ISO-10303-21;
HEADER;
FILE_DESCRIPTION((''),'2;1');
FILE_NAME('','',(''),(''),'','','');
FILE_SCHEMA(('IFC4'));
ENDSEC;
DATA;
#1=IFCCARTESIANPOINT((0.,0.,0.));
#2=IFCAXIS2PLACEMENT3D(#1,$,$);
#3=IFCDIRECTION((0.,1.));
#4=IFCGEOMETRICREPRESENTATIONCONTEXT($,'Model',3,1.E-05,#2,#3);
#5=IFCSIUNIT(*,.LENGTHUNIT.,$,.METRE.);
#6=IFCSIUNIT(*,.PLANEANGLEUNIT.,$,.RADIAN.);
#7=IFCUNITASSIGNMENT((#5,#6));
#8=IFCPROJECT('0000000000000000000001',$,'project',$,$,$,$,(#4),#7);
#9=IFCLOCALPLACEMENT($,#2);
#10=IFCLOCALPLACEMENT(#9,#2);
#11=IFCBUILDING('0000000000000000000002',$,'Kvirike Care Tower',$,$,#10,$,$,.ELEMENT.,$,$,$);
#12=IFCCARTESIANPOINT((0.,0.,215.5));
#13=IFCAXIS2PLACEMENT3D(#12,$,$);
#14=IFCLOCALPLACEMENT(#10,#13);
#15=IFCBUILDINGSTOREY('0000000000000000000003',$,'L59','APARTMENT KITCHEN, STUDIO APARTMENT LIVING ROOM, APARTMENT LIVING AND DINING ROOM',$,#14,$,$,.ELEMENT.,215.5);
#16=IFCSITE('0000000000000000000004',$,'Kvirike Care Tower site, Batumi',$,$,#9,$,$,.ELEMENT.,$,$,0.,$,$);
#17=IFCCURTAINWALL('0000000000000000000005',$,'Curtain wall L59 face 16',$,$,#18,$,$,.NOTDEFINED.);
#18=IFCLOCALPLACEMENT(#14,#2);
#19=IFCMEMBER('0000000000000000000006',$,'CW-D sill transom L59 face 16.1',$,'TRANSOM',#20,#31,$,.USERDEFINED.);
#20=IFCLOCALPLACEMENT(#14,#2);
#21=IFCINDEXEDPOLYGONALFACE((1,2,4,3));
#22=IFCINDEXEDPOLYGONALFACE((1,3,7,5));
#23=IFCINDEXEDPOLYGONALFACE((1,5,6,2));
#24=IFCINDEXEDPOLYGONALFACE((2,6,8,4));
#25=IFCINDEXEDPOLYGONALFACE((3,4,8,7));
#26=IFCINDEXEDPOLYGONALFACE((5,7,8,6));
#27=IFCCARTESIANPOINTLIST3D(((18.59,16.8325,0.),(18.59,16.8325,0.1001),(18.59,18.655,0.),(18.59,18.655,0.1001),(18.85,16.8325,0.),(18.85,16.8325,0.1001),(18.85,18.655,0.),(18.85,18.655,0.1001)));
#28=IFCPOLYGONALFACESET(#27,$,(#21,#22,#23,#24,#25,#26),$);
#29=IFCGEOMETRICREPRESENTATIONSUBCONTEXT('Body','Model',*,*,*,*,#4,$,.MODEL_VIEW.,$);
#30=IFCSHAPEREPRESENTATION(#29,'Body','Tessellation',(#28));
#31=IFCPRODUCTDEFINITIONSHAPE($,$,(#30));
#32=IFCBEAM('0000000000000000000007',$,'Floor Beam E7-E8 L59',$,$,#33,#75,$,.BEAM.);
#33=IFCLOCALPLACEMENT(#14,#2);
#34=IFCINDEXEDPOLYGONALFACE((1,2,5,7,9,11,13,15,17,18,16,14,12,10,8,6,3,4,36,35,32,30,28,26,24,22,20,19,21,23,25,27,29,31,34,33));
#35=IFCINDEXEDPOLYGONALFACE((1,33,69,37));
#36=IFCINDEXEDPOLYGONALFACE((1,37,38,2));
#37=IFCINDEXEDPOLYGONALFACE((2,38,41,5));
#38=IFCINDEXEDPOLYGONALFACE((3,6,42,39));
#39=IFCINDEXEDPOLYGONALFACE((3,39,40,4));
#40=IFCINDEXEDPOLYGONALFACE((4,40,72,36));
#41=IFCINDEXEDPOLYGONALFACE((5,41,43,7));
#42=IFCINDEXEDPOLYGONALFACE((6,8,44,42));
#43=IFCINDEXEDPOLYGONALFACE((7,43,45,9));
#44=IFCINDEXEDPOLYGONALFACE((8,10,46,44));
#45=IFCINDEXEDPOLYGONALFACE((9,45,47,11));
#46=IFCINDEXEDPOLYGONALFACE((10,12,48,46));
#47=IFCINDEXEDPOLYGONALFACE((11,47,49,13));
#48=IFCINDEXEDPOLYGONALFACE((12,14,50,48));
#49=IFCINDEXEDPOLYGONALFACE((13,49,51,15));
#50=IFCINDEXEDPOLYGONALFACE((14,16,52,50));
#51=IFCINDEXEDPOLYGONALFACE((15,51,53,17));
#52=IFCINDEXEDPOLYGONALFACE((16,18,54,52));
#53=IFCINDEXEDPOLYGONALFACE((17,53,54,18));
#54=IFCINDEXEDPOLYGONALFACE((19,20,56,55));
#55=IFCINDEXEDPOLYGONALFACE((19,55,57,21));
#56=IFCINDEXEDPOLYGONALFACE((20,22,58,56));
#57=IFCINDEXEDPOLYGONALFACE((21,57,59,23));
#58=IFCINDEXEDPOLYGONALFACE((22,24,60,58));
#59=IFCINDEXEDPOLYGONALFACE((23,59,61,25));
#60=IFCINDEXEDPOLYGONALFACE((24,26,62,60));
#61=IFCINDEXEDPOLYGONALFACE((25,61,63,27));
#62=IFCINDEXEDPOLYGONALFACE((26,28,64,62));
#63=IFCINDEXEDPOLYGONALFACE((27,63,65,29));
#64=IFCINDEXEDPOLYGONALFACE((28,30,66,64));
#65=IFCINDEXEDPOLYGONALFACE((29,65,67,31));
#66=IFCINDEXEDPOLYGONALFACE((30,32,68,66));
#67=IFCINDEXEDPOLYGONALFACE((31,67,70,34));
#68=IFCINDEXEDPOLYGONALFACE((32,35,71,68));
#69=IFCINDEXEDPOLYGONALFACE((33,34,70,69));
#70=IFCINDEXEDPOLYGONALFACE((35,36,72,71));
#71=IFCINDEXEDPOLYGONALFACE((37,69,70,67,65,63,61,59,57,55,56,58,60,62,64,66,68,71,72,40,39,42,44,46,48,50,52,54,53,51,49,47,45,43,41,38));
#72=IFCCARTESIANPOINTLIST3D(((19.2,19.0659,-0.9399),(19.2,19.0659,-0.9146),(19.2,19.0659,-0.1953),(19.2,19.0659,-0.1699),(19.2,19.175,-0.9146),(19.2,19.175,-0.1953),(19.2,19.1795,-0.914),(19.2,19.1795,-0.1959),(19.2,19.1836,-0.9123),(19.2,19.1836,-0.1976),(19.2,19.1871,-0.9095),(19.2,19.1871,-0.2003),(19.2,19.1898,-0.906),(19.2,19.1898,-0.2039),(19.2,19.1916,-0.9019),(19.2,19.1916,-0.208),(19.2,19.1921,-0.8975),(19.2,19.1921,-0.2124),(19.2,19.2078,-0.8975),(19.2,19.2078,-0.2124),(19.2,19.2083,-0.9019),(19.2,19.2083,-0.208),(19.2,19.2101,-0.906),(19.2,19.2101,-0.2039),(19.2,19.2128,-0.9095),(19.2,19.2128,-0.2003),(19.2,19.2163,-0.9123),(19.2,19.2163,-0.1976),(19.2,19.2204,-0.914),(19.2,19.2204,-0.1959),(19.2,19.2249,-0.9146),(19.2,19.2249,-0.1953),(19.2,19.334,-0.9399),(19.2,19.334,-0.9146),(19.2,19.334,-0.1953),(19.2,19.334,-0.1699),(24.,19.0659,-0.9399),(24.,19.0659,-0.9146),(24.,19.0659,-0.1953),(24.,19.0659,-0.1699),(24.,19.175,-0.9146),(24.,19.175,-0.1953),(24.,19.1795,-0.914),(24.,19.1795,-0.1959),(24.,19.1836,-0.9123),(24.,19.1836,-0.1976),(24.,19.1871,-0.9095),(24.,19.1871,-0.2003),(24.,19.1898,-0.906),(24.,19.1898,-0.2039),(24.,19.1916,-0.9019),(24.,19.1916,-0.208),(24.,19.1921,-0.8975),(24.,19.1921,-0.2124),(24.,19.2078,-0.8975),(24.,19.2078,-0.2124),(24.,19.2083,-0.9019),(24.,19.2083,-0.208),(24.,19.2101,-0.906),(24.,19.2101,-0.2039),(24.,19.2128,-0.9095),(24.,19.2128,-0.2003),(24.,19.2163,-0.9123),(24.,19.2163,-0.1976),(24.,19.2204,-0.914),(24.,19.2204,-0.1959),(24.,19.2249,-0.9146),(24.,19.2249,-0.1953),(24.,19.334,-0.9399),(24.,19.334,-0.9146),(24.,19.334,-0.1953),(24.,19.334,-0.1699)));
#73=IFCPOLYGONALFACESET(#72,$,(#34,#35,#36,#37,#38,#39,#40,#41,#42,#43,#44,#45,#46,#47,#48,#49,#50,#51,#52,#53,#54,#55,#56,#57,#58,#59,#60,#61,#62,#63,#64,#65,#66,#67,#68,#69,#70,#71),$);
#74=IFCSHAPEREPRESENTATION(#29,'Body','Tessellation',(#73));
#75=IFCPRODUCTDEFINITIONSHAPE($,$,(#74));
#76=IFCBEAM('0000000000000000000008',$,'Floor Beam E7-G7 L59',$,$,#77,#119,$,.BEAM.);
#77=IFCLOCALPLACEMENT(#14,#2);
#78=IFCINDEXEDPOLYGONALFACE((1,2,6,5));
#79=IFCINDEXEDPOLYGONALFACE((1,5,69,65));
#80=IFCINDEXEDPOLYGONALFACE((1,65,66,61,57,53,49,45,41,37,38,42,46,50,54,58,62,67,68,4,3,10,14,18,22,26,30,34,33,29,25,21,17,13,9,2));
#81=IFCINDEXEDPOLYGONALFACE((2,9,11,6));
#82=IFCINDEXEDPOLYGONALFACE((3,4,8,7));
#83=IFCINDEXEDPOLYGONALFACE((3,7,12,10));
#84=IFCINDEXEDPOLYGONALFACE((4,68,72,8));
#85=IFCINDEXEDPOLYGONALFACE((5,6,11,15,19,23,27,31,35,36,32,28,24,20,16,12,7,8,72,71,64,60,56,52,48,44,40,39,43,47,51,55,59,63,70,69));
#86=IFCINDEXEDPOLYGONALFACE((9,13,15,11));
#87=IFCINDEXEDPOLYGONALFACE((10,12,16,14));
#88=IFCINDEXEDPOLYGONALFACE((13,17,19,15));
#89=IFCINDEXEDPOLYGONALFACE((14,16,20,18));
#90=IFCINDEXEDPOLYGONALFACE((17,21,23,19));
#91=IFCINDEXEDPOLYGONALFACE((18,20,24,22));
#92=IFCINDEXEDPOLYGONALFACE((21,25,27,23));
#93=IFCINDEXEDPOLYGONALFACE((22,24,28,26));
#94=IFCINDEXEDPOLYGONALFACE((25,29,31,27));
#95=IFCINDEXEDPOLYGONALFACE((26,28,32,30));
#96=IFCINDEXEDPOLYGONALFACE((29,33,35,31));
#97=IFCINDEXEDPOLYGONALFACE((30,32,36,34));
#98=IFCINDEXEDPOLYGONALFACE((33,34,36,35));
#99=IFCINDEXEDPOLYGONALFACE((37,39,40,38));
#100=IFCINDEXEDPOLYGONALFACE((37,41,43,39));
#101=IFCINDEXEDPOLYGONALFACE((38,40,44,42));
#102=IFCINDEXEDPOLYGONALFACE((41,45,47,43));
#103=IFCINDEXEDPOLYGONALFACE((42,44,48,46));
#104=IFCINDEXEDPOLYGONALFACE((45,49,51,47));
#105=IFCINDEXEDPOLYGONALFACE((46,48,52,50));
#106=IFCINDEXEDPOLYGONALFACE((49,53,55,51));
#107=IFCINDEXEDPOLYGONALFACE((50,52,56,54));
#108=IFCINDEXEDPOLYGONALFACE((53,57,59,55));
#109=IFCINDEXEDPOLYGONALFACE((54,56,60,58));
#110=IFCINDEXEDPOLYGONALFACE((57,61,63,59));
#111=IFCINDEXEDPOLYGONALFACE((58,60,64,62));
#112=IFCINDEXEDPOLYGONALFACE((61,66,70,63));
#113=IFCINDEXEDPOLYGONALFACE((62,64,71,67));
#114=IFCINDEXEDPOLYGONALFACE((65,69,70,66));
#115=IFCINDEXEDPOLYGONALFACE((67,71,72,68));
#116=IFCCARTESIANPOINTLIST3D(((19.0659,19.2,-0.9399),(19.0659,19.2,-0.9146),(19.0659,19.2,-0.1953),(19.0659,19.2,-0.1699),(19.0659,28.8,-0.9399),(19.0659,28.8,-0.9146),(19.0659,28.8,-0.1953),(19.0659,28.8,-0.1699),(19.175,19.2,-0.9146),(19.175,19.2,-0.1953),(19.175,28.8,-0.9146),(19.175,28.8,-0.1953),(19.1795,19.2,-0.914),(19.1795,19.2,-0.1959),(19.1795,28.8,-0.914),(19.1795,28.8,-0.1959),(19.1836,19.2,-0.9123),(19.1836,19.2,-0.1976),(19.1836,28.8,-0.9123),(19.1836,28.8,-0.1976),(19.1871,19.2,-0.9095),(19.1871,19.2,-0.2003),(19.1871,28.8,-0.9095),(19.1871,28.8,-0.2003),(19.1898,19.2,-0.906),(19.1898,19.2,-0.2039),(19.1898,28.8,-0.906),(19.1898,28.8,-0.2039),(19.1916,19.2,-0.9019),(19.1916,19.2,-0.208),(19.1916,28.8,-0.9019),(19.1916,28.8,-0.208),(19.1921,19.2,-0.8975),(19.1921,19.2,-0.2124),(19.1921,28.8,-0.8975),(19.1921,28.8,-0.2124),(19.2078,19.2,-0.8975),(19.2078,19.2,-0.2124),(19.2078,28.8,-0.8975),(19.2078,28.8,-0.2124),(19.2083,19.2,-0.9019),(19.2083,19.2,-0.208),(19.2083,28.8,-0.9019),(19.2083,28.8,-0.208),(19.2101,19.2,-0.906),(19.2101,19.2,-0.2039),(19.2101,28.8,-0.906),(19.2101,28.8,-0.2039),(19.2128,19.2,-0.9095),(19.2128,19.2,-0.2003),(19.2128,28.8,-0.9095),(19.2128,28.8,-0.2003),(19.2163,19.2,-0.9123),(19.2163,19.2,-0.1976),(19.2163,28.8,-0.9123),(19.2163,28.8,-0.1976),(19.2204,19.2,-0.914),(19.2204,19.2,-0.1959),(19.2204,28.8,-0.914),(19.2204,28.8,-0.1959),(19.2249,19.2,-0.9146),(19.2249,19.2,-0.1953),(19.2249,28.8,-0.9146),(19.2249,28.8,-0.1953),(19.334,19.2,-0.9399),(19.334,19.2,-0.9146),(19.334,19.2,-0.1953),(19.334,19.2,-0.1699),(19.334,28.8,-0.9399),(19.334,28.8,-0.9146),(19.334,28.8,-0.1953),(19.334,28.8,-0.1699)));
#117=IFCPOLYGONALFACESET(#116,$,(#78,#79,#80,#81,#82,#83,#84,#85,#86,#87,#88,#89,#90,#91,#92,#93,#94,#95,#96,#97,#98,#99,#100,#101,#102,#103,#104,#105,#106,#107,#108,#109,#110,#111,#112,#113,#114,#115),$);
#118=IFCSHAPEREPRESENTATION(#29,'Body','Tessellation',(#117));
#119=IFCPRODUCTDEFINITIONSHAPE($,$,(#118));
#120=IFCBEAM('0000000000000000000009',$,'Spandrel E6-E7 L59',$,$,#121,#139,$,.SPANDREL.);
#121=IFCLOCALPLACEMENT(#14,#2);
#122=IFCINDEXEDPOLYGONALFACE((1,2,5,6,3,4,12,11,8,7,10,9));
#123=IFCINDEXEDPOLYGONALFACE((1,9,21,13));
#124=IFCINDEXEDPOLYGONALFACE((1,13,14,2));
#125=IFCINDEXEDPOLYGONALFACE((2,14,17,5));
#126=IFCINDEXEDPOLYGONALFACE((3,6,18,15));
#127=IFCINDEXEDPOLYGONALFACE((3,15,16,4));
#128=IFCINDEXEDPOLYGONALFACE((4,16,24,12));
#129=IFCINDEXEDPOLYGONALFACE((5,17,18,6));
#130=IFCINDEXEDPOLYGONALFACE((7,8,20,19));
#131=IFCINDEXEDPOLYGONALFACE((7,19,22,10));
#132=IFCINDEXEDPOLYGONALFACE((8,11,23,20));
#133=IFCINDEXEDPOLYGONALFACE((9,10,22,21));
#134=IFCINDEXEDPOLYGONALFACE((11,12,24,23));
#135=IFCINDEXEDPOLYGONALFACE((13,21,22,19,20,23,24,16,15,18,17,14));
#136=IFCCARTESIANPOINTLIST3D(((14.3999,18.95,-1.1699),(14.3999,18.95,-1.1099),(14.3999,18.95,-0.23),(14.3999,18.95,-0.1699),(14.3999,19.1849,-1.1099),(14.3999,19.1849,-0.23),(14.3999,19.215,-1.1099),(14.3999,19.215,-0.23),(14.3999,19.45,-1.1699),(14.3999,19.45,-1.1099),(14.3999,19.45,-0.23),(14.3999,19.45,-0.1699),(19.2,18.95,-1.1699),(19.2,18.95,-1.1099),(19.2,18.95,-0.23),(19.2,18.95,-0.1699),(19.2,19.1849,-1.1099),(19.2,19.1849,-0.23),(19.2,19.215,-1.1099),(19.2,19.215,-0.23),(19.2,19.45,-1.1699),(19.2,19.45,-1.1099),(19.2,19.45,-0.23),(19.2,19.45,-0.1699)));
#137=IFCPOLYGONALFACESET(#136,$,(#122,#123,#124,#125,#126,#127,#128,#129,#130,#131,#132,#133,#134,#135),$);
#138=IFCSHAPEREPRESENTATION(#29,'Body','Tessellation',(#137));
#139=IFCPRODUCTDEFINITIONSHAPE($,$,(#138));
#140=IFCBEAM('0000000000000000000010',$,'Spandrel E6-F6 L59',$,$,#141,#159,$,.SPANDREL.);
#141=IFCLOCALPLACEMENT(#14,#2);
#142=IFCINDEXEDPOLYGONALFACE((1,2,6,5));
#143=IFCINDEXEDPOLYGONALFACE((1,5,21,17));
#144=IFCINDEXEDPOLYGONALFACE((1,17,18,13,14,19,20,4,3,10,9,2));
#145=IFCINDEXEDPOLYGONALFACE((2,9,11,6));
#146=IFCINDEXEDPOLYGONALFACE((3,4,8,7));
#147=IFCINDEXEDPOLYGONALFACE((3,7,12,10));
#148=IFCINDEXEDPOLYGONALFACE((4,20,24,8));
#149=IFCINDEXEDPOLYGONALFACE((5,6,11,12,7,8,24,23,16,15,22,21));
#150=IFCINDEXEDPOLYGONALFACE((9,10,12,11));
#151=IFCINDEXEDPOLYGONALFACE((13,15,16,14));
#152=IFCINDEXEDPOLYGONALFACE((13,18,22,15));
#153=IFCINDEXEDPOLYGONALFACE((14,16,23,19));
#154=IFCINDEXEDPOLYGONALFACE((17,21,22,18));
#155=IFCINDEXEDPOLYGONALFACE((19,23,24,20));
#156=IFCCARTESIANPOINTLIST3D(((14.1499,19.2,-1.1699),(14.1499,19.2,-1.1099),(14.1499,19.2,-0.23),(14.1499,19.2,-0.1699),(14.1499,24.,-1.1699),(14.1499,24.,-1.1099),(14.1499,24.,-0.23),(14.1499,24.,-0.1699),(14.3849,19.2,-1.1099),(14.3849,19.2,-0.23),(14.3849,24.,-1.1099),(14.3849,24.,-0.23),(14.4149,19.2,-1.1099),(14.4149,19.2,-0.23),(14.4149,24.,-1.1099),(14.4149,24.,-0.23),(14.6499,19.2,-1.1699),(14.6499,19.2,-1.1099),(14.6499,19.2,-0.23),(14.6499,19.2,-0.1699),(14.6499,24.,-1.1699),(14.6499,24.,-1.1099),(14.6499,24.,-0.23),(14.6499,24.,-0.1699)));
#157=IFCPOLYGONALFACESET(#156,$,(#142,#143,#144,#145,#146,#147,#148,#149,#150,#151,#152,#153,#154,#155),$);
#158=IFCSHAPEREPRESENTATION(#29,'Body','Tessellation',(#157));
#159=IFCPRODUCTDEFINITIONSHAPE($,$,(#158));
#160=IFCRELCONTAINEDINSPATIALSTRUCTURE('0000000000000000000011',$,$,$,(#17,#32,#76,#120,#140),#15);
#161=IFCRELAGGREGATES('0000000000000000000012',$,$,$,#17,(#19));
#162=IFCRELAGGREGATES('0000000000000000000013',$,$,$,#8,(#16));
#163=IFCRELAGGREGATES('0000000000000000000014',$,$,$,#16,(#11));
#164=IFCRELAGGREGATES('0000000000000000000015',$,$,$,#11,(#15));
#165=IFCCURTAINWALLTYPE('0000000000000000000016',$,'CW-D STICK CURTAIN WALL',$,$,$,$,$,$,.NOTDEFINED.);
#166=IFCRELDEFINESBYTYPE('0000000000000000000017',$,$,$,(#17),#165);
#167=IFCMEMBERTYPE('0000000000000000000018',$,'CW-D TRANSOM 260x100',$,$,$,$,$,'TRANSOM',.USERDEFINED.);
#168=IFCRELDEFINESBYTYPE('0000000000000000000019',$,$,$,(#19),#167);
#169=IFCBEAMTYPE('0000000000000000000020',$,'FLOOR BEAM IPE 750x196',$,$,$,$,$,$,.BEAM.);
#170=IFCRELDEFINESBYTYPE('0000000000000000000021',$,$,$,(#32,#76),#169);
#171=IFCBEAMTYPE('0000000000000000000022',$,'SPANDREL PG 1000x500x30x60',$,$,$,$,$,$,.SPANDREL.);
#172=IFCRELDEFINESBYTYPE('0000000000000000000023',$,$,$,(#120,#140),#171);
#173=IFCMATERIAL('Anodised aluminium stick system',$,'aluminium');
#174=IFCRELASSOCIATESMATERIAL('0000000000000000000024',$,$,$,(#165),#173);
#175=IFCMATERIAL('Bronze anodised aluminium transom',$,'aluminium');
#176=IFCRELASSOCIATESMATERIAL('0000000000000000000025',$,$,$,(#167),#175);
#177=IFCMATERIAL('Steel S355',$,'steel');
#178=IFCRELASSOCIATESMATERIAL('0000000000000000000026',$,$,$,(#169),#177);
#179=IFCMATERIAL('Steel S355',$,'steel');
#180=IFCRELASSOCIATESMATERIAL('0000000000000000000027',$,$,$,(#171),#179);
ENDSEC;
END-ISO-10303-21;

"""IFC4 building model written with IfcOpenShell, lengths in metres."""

from ifc_helpers import new_model, si_unit, direction, frame, origin, origin_2d, place, context, subcontext, project, spatial, rectangle, i_section, extrude, material, material_profile, profile_set, type_object, element, aggregate, save


model = new_model("IFC4")

# Units and contexts
model_context = context("Model", 3, precision=1e-05, world=origin(), true_north=direction((0.0, 1.0)))
body_context = subcontext(model_context, "Body", "Model", "MODEL_VIEW")
ifc_project = project(units=[si_unit("LENGTHUNIT", "METRE"), si_unit("PLANEANGLEUNIT", "RADIAN")], contexts=[model_context])

# Site, building, storey
site_placement = place(None, origin())
site = spatial("IfcSite", under=ifc_project, at=site_placement, Name="Kvirike Care Tower site, Batumi", CompositionType="ELEMENT", RefElevation=0.0)
building_placement = place(site_placement, origin())
building = spatial("IfcBuilding", under=site, at=building_placement, Name="Kvirike Care Tower", CompositionType="ELEMENT")
storey_placement = place(building_placement, frame((0.0, 0.0, 215.5)))
storey = spatial("IfcBuildingStorey", under=building, at=storey_placement, Name="L59", Description="APARTMENT KITCHEN, STUDIO APARTMENT LIVING ROOM, APARTMENT LIVING AND DINING ROOM", CompositionType="ELEMENT", Elevation=215.5)

# Shared definitions
ifc_material_1 = material(Name="Anodised aluminium stick system", Category="aluminium")
curtain_wall_type = type_object("IfcCurtainWallType", Name="CW-D STICK CURTAIN WALL", PredefinedType="NOTDEFINED", material=ifc_material_1)

# Curtain wall
curtain_wall_1_placement = place(storey_placement, origin())
curtain_wall_1 = element("IfcCurtainWall", 1, at=curtain_wall_1_placement, inside=storey, type_object=curtain_wall_type, Name="Curtain wall L59 face 16", PredefinedType="NOTDEFINED")

# Member
ifc_material_2 = material(Name="Bronze anodised aluminium transom", Category="aluminium")
ifc_material_profile_1 = material_profile(ifc_material_2, rectangle(XDim=0.26, YDim=0.1001, at=origin_2d()), Name="CW-D TRANSOM 260x100")
ifc_profile_set_1 = profile_set([ifc_material_profile_1], Name="Bronze anodised aluminium transom")
member_type_1 = type_object("IfcMemberType", Name="CW-D TRANSOM 260x100", ElementType="TRANSOM", PredefinedType="USERDEFINED", material=ifc_profile_set_1)
member_1_placement = place(storey_placement, frame((18.72, 18.655, 0.05), z_axis=(0.0, -1.0, 0.0), x_axis=(1.0, 0.0, 0.0)))
member_1 = element("IfcMember", 2, at=member_1_placement, type_object=member_type_1, Name="CW-D sill transom L59 face 16.1", ObjectType="TRANSOM", PredefinedType="USERDEFINED", context=body_context, shape_type="SweptSolid", body=[
    extrude(rectangle(XDim=0.26, YDim=0.1001, at=origin_2d()), origin(), (0.0, 0.0, 1.0), 1.8225),
])

# Beams
ifc_material_3 = material(Name="Steel S355", Category="steel")
ifc_material_profile_2 = material_profile(ifc_material_3, i_section(OverallWidth=0.2681, OverallDepth=0.77, WebThickness=0.0156, FlangeThickness=0.0254, FilletRadius=0.0171, at=origin_2d()), Name="IPE 750x196")
ifc_profile_set_2 = profile_set([ifc_material_profile_2], Name="Steel S355")
beam_type_1 = type_object("IfcBeamType", Name="FLOOR BEAM IPE 750x196", PredefinedType="BEAM", material=ifc_profile_set_2)
beam_1_placement = place(storey_placement, frame((19.2, 19.2, -0.5549), z_axis=(1.0, 0.0, 0.0), x_axis=(0.0, 1.0, 0.0)))
element("IfcBeam", 3, at=beam_1_placement, inside=storey, type_object=beam_type_1, Name="Floor Beam E7-E8 L59", PredefinedType="BEAM", context=body_context, shape_type="SweptSolid", body=[
    extrude(i_section(OverallWidth=0.2681, OverallDepth=0.77, WebThickness=0.0156, FlangeThickness=0.0254, FilletRadius=0.0171, at=origin_2d()), origin(), (0.0, 0.0, 1.0), 4.8),
])
beam_2_placement = place(storey_placement, frame((19.2, 19.2, -0.5549), z_axis=(0.0, 1.0, 0.0), x_axis=(-1.0, 0.0, 0.0)))
element("IfcBeam", 4, at=beam_2_placement, inside=storey, type_object=beam_type_1, Name="Floor Beam E7-G7 L59", PredefinedType="BEAM", context=body_context, shape_type="SweptSolid", body=[
    extrude(i_section(OverallWidth=0.2681, OverallDepth=0.77, WebThickness=0.0156, FlangeThickness=0.0254, FilletRadius=0.0171, at=origin_2d()), origin(), (0.0, 0.0, 1.0), 9.6001),
])
ifc_material_4 = material(Name="Steel S355", Category="steel")
ifc_material_profile_3 = material_profile(ifc_material_4, i_section(OverallWidth=0.5, OverallDepth=1.0, WebThickness=0.03, FlangeThickness=0.0601, at=origin_2d()), Name="PG 1000x500x30x60")
ifc_profile_set_3 = profile_set([ifc_material_profile_3], Name="Steel S355")
beam_type_2 = type_object("IfcBeamType", Name="SPANDREL PG 1000x500x30x60", PredefinedType="SPANDREL", material=ifc_profile_set_3)
for number, where, z_axis, x_axis, name in (
    (5, (14.3999, 19.2, -0.6699), (1.0, 0.0, 0.0), (0.0, 1.0, 0.0), "Spandrel E6-E7 L59"),
    (6, (14.3999, 19.2, -0.6699), (0.0, 1.0, 0.0), (-1.0, 0.0, 0.0), "Spandrel E6-F6 L59"),
):
    element("IfcBeam", number, at=place(storey_placement, frame(where, z_axis=z_axis, x_axis=x_axis)), inside=storey, type_object=beam_type_2, Name=name, PredefinedType="SPANDREL", context=body_context, shape_type="SweptSolid", body=[
        extrude(i_section(OverallWidth=0.5, OverallDepth=1.0, WebThickness=0.03, FlangeThickness=0.0601, at=origin_2d()), origin(), (0.0, 0.0, 1.0), 4.8),
    ])

aggregate(curtain_wall_1, [member_1])

save(model, "model.ifc")
